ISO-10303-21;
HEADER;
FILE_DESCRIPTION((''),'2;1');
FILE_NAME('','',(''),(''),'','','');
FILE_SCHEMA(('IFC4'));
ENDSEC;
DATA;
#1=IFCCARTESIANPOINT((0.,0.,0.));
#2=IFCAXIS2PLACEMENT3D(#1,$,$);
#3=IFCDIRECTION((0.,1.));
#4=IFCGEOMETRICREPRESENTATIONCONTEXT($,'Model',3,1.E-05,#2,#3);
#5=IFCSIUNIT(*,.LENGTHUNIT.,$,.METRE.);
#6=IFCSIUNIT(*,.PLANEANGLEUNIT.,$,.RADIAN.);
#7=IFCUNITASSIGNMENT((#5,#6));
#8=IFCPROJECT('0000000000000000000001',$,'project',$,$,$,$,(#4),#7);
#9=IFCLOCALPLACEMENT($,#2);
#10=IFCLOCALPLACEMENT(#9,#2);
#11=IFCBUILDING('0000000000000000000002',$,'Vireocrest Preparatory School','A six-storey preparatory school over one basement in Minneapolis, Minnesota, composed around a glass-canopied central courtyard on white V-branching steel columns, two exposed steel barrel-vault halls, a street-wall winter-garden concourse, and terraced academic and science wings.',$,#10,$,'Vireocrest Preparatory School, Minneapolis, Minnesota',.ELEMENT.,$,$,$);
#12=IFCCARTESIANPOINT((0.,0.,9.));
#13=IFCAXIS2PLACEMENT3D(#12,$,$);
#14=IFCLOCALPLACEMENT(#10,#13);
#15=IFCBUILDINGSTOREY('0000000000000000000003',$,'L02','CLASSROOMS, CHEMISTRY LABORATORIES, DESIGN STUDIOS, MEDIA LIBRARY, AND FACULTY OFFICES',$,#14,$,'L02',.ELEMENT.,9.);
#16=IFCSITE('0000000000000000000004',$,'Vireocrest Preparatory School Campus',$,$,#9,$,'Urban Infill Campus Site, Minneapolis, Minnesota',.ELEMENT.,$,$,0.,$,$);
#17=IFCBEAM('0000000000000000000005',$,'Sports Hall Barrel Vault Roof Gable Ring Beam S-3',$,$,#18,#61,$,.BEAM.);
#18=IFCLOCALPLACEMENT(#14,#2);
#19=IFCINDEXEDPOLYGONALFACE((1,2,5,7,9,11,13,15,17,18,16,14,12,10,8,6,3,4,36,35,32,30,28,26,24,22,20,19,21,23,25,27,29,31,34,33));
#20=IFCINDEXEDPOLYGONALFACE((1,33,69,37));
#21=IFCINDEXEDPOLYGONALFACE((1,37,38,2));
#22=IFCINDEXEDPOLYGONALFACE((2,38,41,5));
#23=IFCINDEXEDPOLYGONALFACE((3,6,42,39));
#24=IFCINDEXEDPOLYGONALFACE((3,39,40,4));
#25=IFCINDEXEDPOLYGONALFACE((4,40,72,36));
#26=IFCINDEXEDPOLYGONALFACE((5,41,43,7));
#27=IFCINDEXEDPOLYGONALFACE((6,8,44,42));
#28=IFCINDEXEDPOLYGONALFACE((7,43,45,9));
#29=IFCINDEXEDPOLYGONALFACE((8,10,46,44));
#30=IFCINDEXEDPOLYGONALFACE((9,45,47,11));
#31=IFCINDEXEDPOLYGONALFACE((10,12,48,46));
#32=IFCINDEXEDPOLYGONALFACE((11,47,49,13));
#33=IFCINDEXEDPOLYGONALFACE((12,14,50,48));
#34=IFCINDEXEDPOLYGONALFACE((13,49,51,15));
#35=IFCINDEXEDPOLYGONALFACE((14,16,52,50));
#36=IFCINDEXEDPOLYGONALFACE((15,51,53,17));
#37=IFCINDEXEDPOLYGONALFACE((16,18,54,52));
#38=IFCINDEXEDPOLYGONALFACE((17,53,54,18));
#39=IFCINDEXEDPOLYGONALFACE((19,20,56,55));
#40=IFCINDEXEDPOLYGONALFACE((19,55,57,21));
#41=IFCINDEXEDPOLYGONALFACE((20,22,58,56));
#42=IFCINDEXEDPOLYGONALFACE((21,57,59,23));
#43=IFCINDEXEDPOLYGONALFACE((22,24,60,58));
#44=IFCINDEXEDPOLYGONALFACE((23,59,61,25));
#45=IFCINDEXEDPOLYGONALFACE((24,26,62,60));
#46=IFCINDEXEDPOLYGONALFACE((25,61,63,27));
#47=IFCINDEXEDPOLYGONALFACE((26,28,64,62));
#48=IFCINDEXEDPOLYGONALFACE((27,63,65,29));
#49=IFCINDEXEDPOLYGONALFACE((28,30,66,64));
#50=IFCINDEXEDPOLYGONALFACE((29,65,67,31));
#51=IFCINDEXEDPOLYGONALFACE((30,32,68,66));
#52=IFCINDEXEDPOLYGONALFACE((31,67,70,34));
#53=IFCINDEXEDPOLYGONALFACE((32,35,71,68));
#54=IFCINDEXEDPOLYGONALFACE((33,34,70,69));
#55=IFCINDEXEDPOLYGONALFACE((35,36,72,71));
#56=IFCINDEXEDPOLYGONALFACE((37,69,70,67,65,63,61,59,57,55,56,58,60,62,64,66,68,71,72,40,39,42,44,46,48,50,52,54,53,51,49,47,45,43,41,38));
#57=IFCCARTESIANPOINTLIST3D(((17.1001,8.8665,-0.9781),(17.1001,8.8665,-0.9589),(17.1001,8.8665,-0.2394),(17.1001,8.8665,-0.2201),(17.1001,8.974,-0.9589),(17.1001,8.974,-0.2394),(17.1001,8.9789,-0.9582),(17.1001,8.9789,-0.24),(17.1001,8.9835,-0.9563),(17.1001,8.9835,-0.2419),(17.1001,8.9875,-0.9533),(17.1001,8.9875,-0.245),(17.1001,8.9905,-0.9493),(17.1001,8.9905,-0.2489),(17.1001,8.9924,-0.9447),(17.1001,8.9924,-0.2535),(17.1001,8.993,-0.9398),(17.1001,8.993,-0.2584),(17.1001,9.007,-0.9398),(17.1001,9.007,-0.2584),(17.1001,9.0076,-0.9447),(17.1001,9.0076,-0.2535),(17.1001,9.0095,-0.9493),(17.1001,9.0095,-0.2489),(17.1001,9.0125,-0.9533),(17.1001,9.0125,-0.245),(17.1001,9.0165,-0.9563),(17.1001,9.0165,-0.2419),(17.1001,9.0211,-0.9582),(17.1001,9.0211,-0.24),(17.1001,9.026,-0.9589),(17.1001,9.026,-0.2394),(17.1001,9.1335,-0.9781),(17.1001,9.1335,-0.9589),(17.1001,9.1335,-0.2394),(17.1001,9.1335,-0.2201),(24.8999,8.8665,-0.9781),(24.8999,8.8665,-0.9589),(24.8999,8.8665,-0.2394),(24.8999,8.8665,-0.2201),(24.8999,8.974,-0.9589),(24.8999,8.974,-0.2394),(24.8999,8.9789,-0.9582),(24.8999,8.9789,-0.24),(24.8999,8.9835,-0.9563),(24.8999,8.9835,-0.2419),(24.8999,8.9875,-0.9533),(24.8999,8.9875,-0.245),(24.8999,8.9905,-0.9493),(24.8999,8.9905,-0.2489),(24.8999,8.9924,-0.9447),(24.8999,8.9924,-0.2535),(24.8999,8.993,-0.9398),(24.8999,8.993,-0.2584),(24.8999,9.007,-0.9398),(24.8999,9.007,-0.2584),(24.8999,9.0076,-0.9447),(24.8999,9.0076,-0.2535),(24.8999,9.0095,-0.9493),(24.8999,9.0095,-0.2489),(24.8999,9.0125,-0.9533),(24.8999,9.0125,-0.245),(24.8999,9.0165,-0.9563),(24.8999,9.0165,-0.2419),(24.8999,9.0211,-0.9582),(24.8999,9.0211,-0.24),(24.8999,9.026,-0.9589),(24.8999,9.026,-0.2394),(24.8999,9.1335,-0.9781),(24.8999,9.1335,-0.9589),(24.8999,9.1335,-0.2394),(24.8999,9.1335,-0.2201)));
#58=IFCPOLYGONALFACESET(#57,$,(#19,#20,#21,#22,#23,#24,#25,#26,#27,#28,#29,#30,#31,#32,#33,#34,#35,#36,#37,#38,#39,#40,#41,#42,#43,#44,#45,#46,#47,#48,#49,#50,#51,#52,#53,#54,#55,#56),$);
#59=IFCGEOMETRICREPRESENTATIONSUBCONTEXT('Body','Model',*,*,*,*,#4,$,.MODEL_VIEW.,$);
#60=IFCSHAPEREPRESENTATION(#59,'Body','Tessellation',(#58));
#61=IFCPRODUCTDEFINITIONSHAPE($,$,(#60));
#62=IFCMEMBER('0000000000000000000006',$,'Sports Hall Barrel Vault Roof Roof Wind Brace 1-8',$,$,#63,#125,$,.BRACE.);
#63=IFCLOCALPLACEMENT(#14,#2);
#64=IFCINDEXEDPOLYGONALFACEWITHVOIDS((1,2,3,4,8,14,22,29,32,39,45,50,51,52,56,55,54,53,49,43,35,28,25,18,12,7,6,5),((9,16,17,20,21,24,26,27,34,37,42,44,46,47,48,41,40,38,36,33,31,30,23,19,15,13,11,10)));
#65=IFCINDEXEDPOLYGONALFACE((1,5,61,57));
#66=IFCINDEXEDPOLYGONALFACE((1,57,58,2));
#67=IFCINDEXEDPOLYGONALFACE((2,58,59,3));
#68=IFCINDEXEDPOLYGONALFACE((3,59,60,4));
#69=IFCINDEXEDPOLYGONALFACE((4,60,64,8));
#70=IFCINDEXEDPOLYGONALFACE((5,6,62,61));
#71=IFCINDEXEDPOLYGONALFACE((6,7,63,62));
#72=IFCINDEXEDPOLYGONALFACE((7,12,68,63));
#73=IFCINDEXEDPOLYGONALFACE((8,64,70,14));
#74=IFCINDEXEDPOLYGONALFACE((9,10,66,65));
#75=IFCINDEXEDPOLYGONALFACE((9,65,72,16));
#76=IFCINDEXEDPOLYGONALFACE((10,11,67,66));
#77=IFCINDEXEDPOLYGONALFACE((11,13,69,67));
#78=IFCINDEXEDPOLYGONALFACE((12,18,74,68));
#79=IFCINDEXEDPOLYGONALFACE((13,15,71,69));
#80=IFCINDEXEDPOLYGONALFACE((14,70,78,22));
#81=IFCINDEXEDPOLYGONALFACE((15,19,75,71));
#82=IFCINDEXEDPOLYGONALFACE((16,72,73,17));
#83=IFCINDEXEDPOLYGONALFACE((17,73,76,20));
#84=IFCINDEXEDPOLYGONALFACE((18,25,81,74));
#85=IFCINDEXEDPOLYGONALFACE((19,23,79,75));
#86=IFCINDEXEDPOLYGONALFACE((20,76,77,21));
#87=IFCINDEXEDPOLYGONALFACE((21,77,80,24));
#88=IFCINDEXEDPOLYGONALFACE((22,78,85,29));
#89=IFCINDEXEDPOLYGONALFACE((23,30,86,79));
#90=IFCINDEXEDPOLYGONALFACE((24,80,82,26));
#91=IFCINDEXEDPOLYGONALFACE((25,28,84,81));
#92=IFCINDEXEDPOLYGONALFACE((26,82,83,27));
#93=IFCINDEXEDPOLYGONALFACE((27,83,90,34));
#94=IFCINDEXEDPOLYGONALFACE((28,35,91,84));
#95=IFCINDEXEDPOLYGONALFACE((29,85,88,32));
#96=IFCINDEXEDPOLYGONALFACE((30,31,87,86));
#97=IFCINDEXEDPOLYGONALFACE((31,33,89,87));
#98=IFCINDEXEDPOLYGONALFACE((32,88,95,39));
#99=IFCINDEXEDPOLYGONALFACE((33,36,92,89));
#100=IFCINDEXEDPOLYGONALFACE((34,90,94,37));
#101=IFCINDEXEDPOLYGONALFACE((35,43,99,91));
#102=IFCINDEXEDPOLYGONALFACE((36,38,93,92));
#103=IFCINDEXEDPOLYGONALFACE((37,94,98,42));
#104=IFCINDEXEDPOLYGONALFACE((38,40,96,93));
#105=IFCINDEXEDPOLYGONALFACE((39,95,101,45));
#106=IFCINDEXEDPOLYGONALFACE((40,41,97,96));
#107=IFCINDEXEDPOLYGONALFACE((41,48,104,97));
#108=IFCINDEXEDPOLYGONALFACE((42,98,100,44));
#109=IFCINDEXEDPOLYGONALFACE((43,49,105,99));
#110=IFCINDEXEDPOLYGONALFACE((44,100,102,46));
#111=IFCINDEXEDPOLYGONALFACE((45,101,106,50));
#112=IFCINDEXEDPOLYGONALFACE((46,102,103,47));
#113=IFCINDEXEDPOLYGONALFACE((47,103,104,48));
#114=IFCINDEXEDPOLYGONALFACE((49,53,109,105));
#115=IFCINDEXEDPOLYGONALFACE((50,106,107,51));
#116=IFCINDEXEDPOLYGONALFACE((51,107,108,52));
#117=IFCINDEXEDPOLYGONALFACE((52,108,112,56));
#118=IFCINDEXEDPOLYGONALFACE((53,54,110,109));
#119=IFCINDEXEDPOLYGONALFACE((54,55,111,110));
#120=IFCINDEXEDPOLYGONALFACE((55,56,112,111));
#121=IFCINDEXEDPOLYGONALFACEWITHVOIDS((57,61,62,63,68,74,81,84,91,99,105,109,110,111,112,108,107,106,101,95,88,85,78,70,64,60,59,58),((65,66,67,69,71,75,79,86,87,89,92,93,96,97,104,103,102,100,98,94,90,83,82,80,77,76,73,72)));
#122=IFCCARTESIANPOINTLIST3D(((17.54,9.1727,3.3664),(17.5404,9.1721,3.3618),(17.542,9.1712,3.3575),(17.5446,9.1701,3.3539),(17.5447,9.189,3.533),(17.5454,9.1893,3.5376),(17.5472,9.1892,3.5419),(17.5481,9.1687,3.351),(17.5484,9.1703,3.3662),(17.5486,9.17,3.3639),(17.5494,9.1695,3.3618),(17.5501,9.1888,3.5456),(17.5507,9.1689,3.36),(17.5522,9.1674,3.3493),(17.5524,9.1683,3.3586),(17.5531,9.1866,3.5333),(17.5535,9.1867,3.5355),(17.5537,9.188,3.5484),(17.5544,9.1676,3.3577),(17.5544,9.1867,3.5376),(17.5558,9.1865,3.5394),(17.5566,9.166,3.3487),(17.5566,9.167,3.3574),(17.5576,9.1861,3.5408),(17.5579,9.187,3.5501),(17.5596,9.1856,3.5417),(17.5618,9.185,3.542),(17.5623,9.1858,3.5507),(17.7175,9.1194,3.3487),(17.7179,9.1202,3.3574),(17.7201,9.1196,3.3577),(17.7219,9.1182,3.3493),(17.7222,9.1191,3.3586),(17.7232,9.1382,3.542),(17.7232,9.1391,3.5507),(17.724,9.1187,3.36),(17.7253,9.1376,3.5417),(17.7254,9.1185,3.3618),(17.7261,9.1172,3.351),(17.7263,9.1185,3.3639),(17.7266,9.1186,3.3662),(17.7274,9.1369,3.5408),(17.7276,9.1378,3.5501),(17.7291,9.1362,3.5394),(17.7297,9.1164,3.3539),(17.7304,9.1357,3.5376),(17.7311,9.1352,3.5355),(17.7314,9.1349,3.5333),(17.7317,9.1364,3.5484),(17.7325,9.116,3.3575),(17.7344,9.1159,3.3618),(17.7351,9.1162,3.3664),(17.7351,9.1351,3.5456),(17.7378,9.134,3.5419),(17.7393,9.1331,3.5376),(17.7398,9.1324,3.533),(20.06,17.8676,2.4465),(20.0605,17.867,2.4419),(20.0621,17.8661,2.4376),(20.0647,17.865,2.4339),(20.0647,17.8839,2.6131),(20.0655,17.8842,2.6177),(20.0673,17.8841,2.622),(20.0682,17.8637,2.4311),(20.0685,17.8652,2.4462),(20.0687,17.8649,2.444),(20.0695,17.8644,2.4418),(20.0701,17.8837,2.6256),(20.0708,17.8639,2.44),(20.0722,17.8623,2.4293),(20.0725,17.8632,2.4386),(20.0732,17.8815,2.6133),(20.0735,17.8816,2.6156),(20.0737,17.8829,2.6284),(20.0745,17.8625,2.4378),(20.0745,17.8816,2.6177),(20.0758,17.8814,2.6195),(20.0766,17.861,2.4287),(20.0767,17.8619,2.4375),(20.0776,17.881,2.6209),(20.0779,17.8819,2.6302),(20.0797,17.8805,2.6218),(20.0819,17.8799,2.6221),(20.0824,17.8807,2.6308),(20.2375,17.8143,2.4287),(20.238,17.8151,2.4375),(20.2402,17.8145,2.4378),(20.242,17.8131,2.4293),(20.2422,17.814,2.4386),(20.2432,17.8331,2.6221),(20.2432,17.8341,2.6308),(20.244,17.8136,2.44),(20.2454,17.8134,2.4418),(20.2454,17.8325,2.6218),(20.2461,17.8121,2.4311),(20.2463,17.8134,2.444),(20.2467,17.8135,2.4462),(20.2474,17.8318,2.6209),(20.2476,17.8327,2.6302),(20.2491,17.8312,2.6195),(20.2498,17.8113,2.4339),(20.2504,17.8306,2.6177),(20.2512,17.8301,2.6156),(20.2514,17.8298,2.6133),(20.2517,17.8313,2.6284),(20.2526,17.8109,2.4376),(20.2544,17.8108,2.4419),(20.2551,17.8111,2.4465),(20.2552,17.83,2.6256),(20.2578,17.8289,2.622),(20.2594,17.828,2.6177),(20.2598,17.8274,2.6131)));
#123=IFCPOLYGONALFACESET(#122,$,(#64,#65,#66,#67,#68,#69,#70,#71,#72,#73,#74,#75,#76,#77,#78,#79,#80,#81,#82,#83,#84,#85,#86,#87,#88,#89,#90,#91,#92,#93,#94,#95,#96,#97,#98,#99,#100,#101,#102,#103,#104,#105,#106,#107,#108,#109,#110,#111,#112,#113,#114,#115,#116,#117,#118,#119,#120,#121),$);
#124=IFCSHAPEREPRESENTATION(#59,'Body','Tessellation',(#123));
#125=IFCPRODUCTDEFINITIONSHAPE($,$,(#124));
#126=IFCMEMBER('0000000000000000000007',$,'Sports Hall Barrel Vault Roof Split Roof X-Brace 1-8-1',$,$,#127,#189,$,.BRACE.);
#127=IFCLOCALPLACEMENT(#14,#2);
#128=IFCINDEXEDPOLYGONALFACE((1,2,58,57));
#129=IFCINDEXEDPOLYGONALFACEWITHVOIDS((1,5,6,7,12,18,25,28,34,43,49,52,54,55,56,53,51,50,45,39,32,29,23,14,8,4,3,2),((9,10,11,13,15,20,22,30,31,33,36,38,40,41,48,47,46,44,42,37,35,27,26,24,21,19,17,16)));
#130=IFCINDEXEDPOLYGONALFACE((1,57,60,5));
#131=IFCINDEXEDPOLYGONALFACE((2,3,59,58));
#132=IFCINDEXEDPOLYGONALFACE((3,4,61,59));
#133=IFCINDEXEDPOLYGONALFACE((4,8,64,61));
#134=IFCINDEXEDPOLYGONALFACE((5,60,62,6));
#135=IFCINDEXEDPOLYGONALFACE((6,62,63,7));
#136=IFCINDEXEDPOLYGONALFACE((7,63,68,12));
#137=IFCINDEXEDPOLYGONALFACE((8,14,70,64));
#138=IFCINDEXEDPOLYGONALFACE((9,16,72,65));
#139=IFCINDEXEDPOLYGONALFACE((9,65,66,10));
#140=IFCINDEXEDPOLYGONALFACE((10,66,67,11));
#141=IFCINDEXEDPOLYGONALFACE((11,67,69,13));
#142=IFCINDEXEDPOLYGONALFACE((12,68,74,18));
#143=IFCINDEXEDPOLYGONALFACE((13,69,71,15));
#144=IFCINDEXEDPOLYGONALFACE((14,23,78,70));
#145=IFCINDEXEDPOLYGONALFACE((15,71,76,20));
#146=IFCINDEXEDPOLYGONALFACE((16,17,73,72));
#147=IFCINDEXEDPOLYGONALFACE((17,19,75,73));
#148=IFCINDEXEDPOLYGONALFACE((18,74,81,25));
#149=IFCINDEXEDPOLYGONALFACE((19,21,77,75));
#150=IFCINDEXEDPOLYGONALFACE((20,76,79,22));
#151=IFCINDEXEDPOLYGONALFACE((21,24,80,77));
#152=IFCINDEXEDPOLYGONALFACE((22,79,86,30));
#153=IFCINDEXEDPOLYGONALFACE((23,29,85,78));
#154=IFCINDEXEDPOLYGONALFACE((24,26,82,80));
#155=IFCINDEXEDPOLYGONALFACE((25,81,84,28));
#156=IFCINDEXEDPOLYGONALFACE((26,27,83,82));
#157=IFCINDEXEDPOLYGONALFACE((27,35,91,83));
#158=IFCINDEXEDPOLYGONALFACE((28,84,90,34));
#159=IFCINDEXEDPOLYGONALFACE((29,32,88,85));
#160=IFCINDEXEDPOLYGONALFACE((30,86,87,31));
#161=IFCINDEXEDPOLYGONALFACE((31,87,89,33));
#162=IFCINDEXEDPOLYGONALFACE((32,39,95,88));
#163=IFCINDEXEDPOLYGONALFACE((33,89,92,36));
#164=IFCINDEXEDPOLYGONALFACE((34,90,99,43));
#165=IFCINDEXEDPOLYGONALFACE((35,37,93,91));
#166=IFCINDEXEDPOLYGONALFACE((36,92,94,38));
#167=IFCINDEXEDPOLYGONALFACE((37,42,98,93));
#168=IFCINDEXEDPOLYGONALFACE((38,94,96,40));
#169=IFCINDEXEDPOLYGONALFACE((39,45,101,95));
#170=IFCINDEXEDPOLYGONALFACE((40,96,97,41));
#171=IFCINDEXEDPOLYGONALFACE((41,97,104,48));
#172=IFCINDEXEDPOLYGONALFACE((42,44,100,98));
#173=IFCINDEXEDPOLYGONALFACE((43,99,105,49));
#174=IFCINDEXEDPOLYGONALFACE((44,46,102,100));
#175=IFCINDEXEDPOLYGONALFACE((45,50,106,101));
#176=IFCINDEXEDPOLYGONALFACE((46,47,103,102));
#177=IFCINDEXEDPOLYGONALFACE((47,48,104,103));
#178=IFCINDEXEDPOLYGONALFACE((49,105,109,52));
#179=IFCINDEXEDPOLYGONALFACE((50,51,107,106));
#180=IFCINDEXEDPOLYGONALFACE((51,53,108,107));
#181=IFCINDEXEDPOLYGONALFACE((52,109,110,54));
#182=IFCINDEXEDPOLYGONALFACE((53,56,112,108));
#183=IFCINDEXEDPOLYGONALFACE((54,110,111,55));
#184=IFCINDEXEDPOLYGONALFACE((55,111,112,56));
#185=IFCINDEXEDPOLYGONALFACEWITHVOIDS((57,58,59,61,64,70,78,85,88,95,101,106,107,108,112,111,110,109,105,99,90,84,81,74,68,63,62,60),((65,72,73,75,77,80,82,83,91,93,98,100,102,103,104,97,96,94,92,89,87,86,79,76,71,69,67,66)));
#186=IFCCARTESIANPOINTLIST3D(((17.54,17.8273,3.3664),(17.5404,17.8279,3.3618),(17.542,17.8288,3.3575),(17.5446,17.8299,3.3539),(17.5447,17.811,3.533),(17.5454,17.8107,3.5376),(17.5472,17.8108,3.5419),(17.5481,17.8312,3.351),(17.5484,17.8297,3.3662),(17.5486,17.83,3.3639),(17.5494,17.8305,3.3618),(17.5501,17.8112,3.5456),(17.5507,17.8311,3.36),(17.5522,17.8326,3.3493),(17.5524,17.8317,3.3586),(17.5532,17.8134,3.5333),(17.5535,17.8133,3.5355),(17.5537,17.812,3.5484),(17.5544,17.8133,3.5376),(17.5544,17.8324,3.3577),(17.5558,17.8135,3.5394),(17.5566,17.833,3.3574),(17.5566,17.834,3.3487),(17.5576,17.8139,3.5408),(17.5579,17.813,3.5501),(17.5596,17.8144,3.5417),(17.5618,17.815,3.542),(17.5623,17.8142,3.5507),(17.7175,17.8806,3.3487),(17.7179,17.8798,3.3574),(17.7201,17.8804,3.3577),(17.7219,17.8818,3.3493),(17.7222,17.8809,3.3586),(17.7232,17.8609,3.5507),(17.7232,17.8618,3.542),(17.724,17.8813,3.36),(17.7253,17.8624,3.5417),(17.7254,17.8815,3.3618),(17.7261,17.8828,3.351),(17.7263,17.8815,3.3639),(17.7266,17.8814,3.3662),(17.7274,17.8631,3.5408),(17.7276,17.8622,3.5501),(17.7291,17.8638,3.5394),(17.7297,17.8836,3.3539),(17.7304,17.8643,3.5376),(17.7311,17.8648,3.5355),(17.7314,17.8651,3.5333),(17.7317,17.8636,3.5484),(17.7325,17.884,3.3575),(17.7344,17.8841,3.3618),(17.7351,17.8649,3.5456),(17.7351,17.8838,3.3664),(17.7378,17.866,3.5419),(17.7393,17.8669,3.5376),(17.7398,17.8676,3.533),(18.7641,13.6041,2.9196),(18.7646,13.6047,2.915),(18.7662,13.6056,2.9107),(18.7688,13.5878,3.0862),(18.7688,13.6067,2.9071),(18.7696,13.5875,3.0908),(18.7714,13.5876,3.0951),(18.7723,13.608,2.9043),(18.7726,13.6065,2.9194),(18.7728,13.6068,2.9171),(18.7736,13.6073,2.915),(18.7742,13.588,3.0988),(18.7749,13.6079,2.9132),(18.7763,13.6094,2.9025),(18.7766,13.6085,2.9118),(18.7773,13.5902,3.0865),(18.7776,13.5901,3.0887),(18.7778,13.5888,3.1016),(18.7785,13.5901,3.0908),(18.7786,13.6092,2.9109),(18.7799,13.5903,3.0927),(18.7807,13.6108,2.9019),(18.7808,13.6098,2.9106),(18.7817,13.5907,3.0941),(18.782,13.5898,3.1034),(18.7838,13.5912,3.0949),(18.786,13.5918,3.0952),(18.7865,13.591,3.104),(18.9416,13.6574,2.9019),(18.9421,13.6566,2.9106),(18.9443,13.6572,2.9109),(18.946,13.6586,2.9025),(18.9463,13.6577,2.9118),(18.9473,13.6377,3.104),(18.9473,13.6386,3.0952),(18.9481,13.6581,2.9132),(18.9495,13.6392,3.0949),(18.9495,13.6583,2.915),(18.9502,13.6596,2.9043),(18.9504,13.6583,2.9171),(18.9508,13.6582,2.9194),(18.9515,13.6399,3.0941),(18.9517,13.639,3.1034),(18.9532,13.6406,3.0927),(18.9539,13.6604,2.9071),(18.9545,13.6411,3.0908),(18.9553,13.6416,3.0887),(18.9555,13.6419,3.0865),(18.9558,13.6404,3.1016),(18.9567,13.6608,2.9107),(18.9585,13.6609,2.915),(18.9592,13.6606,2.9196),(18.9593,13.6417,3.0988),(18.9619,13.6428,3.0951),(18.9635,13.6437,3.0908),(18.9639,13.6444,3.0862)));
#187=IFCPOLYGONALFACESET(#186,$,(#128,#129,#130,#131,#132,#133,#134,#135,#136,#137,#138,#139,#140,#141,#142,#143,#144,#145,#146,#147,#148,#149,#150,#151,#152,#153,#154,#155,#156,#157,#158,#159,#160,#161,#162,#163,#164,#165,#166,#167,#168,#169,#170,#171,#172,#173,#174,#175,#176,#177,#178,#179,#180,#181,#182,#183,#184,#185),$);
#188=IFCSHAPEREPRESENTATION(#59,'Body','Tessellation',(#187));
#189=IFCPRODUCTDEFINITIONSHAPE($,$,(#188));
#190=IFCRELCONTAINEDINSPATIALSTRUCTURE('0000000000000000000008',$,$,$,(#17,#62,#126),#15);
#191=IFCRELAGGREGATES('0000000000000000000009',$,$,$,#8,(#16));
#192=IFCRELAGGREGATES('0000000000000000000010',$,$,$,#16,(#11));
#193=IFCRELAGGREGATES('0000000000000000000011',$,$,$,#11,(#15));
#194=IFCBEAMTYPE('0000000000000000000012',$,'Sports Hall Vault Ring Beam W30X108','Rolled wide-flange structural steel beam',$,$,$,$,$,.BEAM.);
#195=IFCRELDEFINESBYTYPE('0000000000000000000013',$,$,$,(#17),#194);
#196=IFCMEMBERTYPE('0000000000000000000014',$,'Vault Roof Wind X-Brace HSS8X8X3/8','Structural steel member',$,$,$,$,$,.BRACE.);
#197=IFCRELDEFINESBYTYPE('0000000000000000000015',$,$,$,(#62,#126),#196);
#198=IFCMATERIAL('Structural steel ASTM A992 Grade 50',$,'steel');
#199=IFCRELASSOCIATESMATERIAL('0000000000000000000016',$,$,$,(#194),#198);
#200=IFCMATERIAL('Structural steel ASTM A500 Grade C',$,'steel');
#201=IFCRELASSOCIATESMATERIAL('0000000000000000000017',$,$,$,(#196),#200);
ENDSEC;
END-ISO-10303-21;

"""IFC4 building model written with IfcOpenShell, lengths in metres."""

from ifc_helpers import new_model, si_unit, direction, frame, origin, origin_2d, place, context, subcontext, project, spatial, hollow_rectangle, i_section, extrude, material, material_profile, profile_set, type_object, element, save


model = new_model("IFC4")

# Units and contexts
model_context = context("Model", 3, precision=1e-05, world=origin(), true_north=direction((0.0, 1.0)))
body_context = subcontext(model_context, "Body", "Model", "MODEL_VIEW")
ifc_project = project(units=[si_unit("LENGTHUNIT", "METRE"), si_unit("PLANEANGLEUNIT", "RADIAN")], contexts=[model_context])

# Site, building, storey
site_placement = place(None, origin())
site = spatial("IfcSite", under=ifc_project, at=site_placement, Name="Vireocrest Preparatory School Campus", LongName="Urban Infill Campus Site, Minneapolis, Minnesota", CompositionType="ELEMENT", RefElevation=0.0)
building_placement = place(site_placement, origin())
building = spatial("IfcBuilding", under=site, at=building_placement, Name="Vireocrest Preparatory School", Description="A six-storey preparatory school over one basement in Minneapolis, Minnesota, composed around a glass-canopied central courtyard on white V-branching steel columns, two exposed steel barrel-vault halls, a street-wall winter-garden concourse, and terraced academic and science wings.", LongName="Vireocrest Preparatory School, Minneapolis, Minnesota", CompositionType="ELEMENT")
storey_placement = place(building_placement, frame((0.0, 0.0, 9.0)))
storey = spatial("IfcBuildingStorey", under=building, at=storey_placement, Name="L02", Description="CLASSROOMS, CHEMISTRY LABORATORIES, DESIGN STUDIOS, MEDIA LIBRARY, AND FACULTY OFFICES", LongName="L02", CompositionType="ELEMENT", Elevation=9.0)

# Shared definitions
ifc_material_1 = material(Name="Structural steel ASTM A500 Grade C", Category="steel")

# Beam
ifc_material_2 = material(Name="Structural steel ASTM A992 Grade 50", Category="steel")
ifc_material_profile_1 = material_profile(ifc_material_2, i_section(OverallWidth=0.2671, OverallDepth=0.7581, WebThickness=0.0139, FlangeThickness=0.0193, FilletRadius=0.019, at=origin_2d()), Name="W30X108")
ifc_profile_set_1 = profile_set([ifc_material_profile_1], Name="Structural steel ASTM A992 Grade 50")
beam_type_1 = type_object("IfcBeamType", Name="Sports Hall Vault Ring Beam W30X108", Description="Rolled wide-flange structural steel beam", PredefinedType="BEAM", material=ifc_profile_set_1)
beam_1_placement = place(storey_placement, frame((17.1001, 9.0, -0.5991), z_axis=(1.0, 0.0, 0.0), x_axis=(0.0, 1.0, 0.0)))
element("IfcBeam", 1, at=beam_1_placement, inside=storey, type_object=beam_type_1, Name="Sports Hall Barrel Vault Roof Gable Ring Beam S-3", PredefinedType="BEAM", context=body_context, shape_type="SweptSolid", body=[
    extrude(i_section(OverallWidth=0.2671, OverallDepth=0.7581, WebThickness=0.0139, FlangeThickness=0.0193, FilletRadius=0.019, at=origin_2d()), origin(), (0.0, 0.0, 1.0), 7.7998),
])

# Members
ifc_material_profile_2 = material_profile(ifc_material_1, hollow_rectangle(XDim=0.2031, YDim=0.2031, WallThickness=0.0088, InnerFilletRadius=0.0088, OuterFilletRadius=0.0178, at=origin_2d()), Name="HSS8X8X3/8")
ifc_profile_set_2 = profile_set([ifc_material_profile_2], Name="Structural steel ASTM A500 Grade C")
member_type_1 = type_object("IfcMemberType", Name="Vault Roof Wind X-Brace HSS8X8X3/8", Description="Structural steel member", PredefinedType="BRACE", material=ifc_profile_set_2)
member_1_placement = place(storey_placement, frame((17.6399, 9.1526, 3.4497), z_axis=(0.276947, 0.955552, -0.101098), x_axis=(-0.960473, 0.278374, 0.0)))
element("IfcMember", 2, at=member_1_placement, inside=storey, type_object=member_type_1, Name="Sports Hall Barrel Vault Roof Roof Wind Brace 1-8", PredefinedType="BRACE", context=body_context, shape_type="SweptSolid", body=[
    extrude(hollow_rectangle(XDim=0.2031, YDim=0.2031, WallThickness=0.0088, InnerFilletRadius=0.0088, OuterFilletRadius=0.0178, at=origin_2d()), origin(), (0.0, 0.0, 1.0), 9.0994),
])
for number, where, z_axis, x_axis, name in (
    (3, (17.6399, 17.8474, 3.4497), (0.276974, -0.955545, -0.10109), (0.960465, 0.278401, 0.0), "Sports Hall Barrel Vault Roof Split Roof X-Brace 1-8-1"),
):
    element("IfcMember", number, at=place(storey_placement, frame(where, z_axis=z_axis, x_axis=x_axis)), inside=storey, type_object=member_type_1, Name=name, PredefinedType="BRACE", context=body_context, shape_type="SweptSolid", body=[
        extrude(hollow_rectangle(XDim=0.2031, YDim=0.2031, WallThickness=0.0088, InnerFilletRadius=0.0088, OuterFilletRadius=0.0178, at=origin_2d()), origin(), (0.0, 0.0, 1.0), 4.4197),
    ])

save(model, "model.ifc")
